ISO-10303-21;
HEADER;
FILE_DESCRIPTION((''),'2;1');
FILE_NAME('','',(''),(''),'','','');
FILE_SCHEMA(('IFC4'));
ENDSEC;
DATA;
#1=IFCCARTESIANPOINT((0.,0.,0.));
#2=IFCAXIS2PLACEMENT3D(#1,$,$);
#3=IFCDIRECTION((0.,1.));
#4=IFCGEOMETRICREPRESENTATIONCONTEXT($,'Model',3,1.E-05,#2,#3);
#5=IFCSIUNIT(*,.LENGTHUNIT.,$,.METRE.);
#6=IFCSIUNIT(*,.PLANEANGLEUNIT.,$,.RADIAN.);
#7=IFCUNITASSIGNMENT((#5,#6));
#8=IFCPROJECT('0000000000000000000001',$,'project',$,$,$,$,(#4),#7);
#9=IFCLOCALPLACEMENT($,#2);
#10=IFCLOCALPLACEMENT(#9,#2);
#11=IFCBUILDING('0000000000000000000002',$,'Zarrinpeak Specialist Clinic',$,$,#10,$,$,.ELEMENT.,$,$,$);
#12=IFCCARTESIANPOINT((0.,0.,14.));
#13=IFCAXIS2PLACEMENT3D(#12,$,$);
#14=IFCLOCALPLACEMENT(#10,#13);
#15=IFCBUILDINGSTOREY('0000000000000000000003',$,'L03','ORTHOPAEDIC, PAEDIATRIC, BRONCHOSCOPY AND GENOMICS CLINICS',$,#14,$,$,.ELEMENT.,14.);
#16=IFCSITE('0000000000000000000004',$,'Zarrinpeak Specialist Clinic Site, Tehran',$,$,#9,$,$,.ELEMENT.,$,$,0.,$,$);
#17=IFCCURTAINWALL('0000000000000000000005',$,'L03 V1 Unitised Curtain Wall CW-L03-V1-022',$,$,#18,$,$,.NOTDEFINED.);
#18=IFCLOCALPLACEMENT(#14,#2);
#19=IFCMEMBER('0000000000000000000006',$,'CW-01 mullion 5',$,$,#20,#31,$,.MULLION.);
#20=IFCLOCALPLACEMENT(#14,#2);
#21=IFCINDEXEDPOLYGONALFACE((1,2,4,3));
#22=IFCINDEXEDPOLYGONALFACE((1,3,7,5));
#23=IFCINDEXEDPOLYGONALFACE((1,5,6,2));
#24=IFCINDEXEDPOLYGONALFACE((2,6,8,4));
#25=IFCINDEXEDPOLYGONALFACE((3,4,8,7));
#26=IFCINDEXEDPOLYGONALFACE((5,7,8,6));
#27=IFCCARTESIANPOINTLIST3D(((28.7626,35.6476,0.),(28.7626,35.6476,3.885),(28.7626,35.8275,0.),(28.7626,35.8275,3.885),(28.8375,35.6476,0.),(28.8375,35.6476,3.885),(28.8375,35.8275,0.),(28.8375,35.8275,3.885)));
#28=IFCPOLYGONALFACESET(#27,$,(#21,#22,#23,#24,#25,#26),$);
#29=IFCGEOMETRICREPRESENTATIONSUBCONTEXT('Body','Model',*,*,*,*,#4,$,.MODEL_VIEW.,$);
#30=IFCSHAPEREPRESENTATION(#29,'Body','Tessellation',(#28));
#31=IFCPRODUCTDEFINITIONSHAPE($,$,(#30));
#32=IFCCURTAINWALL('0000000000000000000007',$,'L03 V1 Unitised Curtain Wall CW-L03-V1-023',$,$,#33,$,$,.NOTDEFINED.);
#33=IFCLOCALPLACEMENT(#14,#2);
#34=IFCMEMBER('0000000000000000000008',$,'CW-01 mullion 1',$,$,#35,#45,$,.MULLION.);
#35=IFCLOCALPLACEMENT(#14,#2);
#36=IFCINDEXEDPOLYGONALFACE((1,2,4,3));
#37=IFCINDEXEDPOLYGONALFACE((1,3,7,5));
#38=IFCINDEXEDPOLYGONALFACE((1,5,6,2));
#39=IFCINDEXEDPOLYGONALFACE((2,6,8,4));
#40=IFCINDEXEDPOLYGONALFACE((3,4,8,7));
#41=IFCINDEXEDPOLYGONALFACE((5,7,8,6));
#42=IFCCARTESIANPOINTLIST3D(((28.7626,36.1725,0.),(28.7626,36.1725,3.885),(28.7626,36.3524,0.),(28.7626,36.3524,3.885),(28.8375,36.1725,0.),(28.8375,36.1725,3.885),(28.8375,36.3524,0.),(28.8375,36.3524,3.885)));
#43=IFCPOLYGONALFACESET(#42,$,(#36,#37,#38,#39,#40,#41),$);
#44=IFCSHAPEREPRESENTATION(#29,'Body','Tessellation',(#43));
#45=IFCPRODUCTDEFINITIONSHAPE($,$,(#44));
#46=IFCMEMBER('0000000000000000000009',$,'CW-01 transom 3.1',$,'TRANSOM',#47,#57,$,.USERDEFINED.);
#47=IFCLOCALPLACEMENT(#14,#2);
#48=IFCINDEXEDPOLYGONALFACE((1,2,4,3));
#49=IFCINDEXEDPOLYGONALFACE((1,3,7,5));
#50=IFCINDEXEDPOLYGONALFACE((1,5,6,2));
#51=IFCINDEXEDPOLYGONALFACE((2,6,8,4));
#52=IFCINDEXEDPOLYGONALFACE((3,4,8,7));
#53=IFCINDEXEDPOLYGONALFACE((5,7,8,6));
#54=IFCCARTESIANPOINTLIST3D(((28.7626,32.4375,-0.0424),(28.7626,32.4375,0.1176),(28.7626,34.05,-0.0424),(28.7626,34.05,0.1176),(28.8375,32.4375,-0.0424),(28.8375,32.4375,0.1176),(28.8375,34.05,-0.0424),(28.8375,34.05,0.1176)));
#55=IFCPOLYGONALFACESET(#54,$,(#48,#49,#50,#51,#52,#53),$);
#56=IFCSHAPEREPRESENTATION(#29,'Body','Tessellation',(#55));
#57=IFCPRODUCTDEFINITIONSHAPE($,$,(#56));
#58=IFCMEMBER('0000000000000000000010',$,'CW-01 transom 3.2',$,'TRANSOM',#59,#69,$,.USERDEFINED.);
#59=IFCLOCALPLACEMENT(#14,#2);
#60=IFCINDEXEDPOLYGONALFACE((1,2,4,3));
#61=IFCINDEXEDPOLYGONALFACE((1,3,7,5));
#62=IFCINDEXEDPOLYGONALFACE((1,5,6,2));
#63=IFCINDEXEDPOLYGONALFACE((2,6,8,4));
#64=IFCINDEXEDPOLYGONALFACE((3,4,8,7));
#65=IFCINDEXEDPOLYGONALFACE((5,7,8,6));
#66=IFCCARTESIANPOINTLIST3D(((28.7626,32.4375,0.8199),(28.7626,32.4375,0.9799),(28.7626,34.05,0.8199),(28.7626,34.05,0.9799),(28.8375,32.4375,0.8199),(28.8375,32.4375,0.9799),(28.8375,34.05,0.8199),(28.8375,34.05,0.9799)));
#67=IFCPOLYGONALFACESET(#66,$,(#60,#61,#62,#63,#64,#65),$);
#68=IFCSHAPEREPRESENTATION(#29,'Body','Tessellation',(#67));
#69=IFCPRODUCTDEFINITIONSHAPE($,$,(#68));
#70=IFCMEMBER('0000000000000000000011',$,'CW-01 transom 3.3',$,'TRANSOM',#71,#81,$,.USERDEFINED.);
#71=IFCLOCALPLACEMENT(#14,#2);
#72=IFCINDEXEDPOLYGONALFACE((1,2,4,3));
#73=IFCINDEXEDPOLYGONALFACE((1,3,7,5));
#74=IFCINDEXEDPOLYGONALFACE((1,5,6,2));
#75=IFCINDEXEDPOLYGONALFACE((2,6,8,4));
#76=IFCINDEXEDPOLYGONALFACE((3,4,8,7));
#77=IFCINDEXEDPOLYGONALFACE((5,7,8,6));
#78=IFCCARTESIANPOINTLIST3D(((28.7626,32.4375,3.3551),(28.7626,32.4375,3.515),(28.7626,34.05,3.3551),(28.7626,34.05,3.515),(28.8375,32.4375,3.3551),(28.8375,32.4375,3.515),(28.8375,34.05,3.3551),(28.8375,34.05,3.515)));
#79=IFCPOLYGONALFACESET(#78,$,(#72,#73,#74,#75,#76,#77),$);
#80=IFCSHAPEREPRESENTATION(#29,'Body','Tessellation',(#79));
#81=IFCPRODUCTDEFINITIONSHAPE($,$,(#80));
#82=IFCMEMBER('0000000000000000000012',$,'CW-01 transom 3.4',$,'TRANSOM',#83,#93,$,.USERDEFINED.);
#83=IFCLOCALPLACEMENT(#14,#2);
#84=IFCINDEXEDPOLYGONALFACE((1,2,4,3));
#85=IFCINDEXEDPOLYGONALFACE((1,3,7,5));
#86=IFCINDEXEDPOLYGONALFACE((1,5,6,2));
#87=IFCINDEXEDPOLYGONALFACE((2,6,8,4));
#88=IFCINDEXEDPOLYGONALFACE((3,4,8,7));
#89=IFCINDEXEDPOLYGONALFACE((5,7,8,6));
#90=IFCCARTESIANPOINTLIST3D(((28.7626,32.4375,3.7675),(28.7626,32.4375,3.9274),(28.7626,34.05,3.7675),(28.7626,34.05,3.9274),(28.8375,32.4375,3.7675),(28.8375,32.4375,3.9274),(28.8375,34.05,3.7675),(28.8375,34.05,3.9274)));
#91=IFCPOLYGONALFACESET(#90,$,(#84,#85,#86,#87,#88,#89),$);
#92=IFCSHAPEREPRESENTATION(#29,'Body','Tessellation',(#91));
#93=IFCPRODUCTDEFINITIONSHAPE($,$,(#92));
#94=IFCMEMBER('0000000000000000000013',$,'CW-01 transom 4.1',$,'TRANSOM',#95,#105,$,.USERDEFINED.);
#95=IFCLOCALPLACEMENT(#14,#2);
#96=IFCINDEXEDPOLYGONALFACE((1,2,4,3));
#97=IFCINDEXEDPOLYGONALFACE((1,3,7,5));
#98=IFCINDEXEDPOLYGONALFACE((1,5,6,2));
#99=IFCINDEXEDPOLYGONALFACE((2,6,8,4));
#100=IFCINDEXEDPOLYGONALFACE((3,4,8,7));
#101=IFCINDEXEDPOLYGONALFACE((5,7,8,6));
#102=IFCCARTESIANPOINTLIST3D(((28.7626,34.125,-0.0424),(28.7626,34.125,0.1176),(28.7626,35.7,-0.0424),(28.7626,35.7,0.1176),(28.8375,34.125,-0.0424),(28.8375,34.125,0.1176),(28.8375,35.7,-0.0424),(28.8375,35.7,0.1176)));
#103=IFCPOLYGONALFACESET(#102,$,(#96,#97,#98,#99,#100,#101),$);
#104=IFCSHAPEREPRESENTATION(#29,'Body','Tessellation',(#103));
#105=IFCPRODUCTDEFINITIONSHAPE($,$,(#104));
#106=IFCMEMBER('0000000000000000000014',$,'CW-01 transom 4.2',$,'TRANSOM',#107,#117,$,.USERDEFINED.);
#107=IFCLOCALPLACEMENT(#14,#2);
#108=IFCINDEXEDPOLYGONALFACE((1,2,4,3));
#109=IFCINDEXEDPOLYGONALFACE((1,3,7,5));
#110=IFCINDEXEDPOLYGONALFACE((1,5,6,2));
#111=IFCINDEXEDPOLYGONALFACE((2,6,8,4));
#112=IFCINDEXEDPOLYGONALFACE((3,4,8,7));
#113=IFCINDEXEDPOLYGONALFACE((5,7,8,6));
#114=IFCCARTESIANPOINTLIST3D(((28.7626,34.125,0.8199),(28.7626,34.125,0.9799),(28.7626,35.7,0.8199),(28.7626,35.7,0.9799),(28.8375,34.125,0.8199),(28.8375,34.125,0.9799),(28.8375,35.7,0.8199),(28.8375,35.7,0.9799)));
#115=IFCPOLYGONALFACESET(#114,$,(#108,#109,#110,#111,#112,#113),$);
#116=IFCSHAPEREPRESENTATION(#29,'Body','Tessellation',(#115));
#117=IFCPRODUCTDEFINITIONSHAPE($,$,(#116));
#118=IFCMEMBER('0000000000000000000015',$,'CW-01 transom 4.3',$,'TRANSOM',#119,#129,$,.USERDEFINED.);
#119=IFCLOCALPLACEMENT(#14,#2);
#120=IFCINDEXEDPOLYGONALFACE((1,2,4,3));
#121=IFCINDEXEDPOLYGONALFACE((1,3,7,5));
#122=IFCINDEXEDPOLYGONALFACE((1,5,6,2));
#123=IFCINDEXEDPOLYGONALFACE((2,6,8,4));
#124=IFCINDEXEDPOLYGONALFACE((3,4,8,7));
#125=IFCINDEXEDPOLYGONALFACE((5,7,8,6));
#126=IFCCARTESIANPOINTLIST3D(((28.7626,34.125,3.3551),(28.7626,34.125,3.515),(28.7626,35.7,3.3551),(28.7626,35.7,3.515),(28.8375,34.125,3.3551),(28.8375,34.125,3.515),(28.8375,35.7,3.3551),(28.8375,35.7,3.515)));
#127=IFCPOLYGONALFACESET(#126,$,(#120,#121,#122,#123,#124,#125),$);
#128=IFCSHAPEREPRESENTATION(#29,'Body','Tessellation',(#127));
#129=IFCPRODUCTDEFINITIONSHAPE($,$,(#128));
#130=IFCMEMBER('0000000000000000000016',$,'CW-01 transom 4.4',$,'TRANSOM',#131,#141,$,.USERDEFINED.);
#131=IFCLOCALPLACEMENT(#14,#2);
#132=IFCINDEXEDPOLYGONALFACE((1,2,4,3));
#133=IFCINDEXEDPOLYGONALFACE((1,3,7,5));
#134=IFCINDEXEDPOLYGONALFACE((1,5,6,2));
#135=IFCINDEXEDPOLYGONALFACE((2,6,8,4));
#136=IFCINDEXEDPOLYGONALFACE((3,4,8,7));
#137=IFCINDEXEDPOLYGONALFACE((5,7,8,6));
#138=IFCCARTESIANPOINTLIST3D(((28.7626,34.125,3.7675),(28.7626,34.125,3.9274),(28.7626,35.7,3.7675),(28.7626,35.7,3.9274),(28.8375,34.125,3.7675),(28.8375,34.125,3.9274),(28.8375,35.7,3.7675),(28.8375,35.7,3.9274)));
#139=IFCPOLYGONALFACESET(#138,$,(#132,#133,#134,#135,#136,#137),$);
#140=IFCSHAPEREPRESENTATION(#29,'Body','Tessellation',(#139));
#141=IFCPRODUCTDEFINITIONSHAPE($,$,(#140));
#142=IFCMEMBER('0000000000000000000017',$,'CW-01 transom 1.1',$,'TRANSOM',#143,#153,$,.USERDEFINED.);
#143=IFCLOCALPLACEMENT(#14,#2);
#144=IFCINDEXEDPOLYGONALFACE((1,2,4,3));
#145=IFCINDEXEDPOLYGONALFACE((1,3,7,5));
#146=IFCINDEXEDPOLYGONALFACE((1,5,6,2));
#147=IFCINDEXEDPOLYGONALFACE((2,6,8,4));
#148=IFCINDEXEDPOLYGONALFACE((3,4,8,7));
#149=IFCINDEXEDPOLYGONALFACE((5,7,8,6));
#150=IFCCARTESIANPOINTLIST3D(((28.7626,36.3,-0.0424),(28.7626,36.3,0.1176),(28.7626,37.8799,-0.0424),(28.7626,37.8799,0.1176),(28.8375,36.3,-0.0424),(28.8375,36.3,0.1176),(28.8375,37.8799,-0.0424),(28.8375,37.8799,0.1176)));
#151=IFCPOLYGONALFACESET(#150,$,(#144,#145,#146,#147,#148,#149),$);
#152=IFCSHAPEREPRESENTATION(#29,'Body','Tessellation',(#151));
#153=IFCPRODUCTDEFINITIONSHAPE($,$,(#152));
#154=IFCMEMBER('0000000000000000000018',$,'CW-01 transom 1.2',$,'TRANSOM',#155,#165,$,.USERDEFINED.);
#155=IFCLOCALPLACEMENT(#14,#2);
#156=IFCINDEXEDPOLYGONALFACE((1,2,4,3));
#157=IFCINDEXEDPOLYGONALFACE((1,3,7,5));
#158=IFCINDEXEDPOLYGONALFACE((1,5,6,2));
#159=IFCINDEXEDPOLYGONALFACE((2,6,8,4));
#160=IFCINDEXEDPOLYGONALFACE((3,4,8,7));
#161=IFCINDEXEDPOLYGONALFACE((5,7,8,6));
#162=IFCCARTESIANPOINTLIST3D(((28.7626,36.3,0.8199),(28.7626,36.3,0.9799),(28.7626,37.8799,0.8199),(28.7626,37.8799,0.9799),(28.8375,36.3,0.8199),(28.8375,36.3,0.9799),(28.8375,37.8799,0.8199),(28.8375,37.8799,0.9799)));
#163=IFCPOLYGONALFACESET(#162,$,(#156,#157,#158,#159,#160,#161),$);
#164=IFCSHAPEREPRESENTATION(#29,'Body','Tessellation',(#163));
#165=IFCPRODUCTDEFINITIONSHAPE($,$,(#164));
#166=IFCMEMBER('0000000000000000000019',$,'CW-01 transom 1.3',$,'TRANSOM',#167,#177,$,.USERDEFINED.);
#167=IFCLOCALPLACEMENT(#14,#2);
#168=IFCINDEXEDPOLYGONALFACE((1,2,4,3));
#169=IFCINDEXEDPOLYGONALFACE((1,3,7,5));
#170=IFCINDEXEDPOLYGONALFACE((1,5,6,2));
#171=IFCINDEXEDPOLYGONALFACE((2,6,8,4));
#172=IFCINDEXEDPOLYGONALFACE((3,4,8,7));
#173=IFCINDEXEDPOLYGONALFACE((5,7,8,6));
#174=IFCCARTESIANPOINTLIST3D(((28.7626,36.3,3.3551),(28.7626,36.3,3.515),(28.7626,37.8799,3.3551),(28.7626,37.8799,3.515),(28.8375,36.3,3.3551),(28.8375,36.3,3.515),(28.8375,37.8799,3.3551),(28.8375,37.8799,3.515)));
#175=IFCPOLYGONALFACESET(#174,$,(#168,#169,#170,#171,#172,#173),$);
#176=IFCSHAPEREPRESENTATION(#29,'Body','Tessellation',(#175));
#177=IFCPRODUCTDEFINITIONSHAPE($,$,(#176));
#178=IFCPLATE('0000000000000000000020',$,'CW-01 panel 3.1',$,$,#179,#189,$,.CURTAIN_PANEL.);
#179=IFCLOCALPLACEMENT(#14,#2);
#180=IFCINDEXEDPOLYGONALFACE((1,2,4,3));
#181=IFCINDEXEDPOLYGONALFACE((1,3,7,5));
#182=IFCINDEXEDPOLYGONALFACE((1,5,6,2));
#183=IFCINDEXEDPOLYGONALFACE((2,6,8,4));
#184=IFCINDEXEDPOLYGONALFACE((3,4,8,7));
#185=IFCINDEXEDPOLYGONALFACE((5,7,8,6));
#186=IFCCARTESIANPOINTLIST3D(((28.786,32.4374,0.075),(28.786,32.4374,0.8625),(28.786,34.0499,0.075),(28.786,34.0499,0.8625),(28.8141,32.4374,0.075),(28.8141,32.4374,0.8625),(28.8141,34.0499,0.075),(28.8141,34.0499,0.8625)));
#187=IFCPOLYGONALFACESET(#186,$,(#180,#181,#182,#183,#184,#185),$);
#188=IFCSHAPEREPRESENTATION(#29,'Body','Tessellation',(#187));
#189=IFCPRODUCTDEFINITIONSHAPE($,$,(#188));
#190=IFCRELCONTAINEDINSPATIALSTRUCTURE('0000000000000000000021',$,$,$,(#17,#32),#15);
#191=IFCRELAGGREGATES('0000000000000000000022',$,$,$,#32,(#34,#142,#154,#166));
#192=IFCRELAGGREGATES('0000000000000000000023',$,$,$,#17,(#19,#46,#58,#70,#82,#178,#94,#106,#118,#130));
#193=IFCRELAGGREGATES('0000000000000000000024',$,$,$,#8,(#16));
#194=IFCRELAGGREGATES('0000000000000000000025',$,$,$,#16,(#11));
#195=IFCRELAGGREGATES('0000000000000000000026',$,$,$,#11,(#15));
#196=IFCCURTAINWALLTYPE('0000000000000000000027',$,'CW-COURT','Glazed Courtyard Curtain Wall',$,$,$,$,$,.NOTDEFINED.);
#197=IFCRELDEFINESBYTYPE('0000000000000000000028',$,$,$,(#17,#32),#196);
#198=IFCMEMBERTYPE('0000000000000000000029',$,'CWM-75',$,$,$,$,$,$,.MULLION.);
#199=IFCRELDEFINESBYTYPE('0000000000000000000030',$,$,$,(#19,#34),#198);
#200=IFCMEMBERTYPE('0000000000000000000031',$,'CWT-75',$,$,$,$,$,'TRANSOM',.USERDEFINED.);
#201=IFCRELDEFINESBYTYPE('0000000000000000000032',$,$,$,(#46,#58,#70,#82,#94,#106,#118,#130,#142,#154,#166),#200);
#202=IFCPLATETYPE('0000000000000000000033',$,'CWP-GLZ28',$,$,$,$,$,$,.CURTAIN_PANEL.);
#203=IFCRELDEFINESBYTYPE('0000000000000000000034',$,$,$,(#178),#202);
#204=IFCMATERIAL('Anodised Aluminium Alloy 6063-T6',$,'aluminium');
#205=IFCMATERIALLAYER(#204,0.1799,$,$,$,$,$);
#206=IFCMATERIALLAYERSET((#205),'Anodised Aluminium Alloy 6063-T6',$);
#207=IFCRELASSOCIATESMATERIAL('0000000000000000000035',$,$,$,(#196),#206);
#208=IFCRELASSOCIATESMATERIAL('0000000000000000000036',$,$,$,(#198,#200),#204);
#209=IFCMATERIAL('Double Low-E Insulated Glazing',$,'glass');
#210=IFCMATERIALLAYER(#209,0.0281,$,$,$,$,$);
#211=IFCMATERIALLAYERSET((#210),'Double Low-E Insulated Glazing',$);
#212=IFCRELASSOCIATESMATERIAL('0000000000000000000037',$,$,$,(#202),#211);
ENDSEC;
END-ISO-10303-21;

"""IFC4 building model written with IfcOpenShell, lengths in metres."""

from ifc_helpers import new_model, si_unit, direction, frame, origin, origin_2d, place, context, subcontext, project, spatial, rectangle, extrude, material, layer, layer_set, material_profile, profile_set, type_object, element, aggregate, save


model = new_model("IFC4")

# Units and contexts
model_context = context("Model", 3, precision=1e-05, world=origin(), true_north=direction((0.0, 1.0)))
body_context = subcontext(model_context, "Body", "Model", "MODEL_VIEW")
ifc_project = project(units=[si_unit("LENGTHUNIT", "METRE"), si_unit("PLANEANGLEUNIT", "RADIAN")], contexts=[model_context])

# Site, building, storey
site_placement = place(None, origin())
site = spatial("IfcSite", under=ifc_project, at=site_placement, Name="Zarrinpeak Specialist Clinic Site, Tehran", CompositionType="ELEMENT", RefElevation=0.0)
building_placement = place(site_placement, origin())
building = spatial("IfcBuilding", under=site, at=building_placement, Name="Zarrinpeak Specialist Clinic", CompositionType="ELEMENT")
storey_placement = place(building_placement, frame((0.0, 0.0, 14.0)))
storey = spatial("IfcBuildingStorey", under=building, at=storey_placement, Name="L03", Description="ORTHOPAEDIC, PAEDIATRIC, BRONCHOSCOPY AND GENOMICS CLINICS", CompositionType="ELEMENT", Elevation=14.0)

# Curtain wall, member
ifc_material_1 = material(Name="Anodised Aluminium Alloy 6063-T6", Category="aluminium")
ifc_layer_1 = layer(ifc_material_1, 0.1799)
ifc_layer_set_1 = layer_set([ifc_layer_1], Name="Anodised Aluminium Alloy 6063-T6")
curtain_wall_type = type_object("IfcCurtainWallType", Name="CW-COURT", Description="Glazed Courtyard Curtain Wall", PredefinedType="NOTDEFINED", material=ifc_layer_set_1)
curtain_wall_1_placement = place(storey_placement, origin())
curtain_wall_1 = element("IfcCurtainWall", 1, at=curtain_wall_1_placement, inside=storey, type_object=curtain_wall_type, Name="L03 V1 Unitised Curtain Wall CW-L03-V1-022", PredefinedType="NOTDEFINED")
ifc_material_profile_1 = material_profile(ifc_material_1, rectangle(XDim=0.075, YDim=0.1799, at=origin_2d()), Name="ALU 75x180")
ifc_profile_set_1 = profile_set([ifc_material_profile_1], Name="Anodised Aluminium Alloy 6063-T6")
member_type_1 = type_object("IfcMemberType", Name="CWM-75", PredefinedType="MULLION", material=ifc_profile_set_1)
member_1_placement = place(storey_placement, frame((28.8, 35.7375, 0.0), z_axis=(0.0, 0.0, 1.0), x_axis=(-1.0, 0.0, 0.0)))
member_1 = element("IfcMember", 2, at=member_1_placement, type_object=member_type_1, Name="CW-01 mullion 5", PredefinedType="MULLION", context=body_context, shape_type="SweptSolid", body=[
    extrude(rectangle(XDim=0.075, YDim=0.1799, at=origin_2d()), origin(), (0.0, 0.0, 1.0), 3.885),
])

# Curtain wall, member
curtain_wall_2_placement = place(storey_placement, origin())
curtain_wall_2 = element("IfcCurtainWall", 3, at=curtain_wall_2_placement, inside=storey, type_object=curtain_wall_type, Name="L03 V1 Unitised Curtain Wall CW-L03-V1-023", PredefinedType="NOTDEFINED")
member_2_placement = place(storey_placement, frame((28.8, 36.2625, 0.0), z_axis=(0.0, 0.0, 1.0), x_axis=(-1.0, 0.0, 0.0)))
member_2 = element("IfcMember", 4, at=member_2_placement, type_object=member_type_1, Name="CW-01 mullion 1", PredefinedType="MULLION", context=body_context, shape_type="SweptSolid", body=[
    extrude(rectangle(XDim=0.075, YDim=0.1799, at=origin_2d()), origin(), (0.0, 0.0, 1.0), 3.885),
])

# Members
ifc_material_profile_2 = material_profile(ifc_material_1, rectangle(XDim=0.075, YDim=0.1599, at=origin_2d()), Name="ALU 75x160")
ifc_profile_set_2 = profile_set([ifc_material_profile_2], Name="Anodised Aluminium Alloy 6063-T6")
member_type_2 = type_object("IfcMemberType", Name="CWT-75", ElementType="TRANSOM", PredefinedType="USERDEFINED", material=ifc_profile_set_2)
member_3_placement = place(storey_placement, frame((28.8, 32.4375, 0.0376), z_axis=(0.0, 1.0, 0.0), x_axis=(-1.0, 0.0, 0.0)))
member_3 = element("IfcMember", 5, at=member_3_placement, type_object=member_type_2, Name="CW-01 transom 3.1", ObjectType="TRANSOM", PredefinedType="USERDEFINED", context=body_context, shape_type="SweptSolid", body=[
    extrude(rectangle(XDim=0.075, YDim=0.1599, at=origin_2d()), origin(), (0.0, 0.0, 1.0), 1.6125),
])
member_4_placement = place(storey_placement, frame((28.8, 32.4375, 0.8999), z_axis=(0.0, 1.0, 0.0), x_axis=(-1.0, 0.0, 0.0)))
member_4 = element("IfcMember", 6, at=member_4_placement, type_object=member_type_2, Name="CW-01 transom 3.2", ObjectType="TRANSOM", PredefinedType="USERDEFINED", context=body_context, shape_type="SweptSolid", body=[
    extrude(rectangle(XDim=0.075, YDim=0.1599, at=origin_2d()), origin(), (0.0, 0.0, 1.0), 1.6125),
])
member_5_placement = place(storey_placement, frame((28.8, 32.4375, 3.4351), z_axis=(0.0, 1.0, 0.0), x_axis=(-1.0, 0.0, 0.0)))
member_5 = element("IfcMember", 7, at=member_5_placement, type_object=member_type_2, Name="CW-01 transom 3.3", ObjectType="TRANSOM", PredefinedType="USERDEFINED", context=body_context, shape_type="SweptSolid", body=[
    extrude(rectangle(XDim=0.075, YDim=0.1599, at=origin_2d()), origin(), (0.0, 0.0, 1.0), 1.6125),
])
member_6_placement = place(storey_placement, frame((28.8, 32.4375, 3.8474), z_axis=(0.0, 1.0, 0.0), x_axis=(-1.0, 0.0, 0.0)))
member_6 = element("IfcMember", 8, at=member_6_placement, type_object=member_type_2, Name="CW-01 transom 3.4", ObjectType="TRANSOM", PredefinedType="USERDEFINED", context=body_context, shape_type="SweptSolid", body=[
    extrude(rectangle(XDim=0.075, YDim=0.1599, at=origin_2d()), origin(), (0.0, 0.0, 1.0), 1.6125),
])
member_7_placement = place(storey_placement, frame((28.8, 34.125, 0.0376), z_axis=(0.0, 1.0, 0.0), x_axis=(-1.0, 0.0, 0.0)))
member_7 = element("IfcMember", 9, at=member_7_placement, type_object=member_type_2, Name="CW-01 transom 4.1", ObjectType="TRANSOM", PredefinedType="USERDEFINED", context=body_context, shape_type="SweptSolid", body=[
    extrude(rectangle(XDim=0.075, YDim=0.1599, at=origin_2d()), origin(), (0.0, 0.0, 1.0), 1.575),
])
member_8_placement = place(storey_placement, frame((28.8, 34.125, 0.8999), z_axis=(0.0, 1.0, 0.0), x_axis=(-1.0, 0.0, 0.0)))
member_8 = element("IfcMember", 10, at=member_8_placement, type_object=member_type_2, Name="CW-01 transom 4.2", ObjectType="TRANSOM", PredefinedType="USERDEFINED", context=body_context, shape_type="SweptSolid", body=[
    extrude(rectangle(XDim=0.075, YDim=0.1599, at=origin_2d()), origin(), (0.0, 0.0, 1.0), 1.575),
])
member_9_placement = place(storey_placement, frame((28.8, 34.125, 3.4351), z_axis=(0.0, 1.0, 0.0), x_axis=(-1.0, 0.0, 0.0)))
member_9 = element("IfcMember", 11, at=member_9_placement, type_object=member_type_2, Name="CW-01 transom 4.3", ObjectType="TRANSOM", PredefinedType="USERDEFINED", context=body_context, shape_type="SweptSolid", body=[
    extrude(rectangle(XDim=0.075, YDim=0.1599, at=origin_2d()), origin(), (0.0, 0.0, 1.0), 1.575),
])
member_10_placement = place(storey_placement, frame((28.8, 34.125, 3.8474), z_axis=(0.0, 1.0, 0.0), x_axis=(-1.0, 0.0, 0.0)))
member_10 = element("IfcMember", 12, at=member_10_placement, type_object=member_type_2, Name="CW-01 transom 4.4", ObjectType="TRANSOM", PredefinedType="USERDEFINED", context=body_context, shape_type="SweptSolid", body=[
    extrude(rectangle(XDim=0.075, YDim=0.1599, at=origin_2d()), origin(), (0.0, 0.0, 1.0), 1.575),
])
member_11_placement = place(storey_placement, frame((28.8, 36.3, 0.0376), z_axis=(0.0, 1.0, 0.0), x_axis=(-1.0, 0.0, 0.0)))
member_11 = element("IfcMember", 13, at=member_11_placement, type_object=member_type_2, Name="CW-01 transom 1.1", ObjectType="TRANSOM", PredefinedType="USERDEFINED", context=body_context, shape_type="SweptSolid", body=[
    extrude(rectangle(XDim=0.075, YDim=0.1599, at=origin_2d()), origin(), (0.0, 0.0, 1.0), 1.5798),
])
member_12_placement = place(storey_placement, frame((28.8, 36.3, 0.8999), z_axis=(0.0, 1.0, 0.0), x_axis=(-1.0, 0.0, 0.0)))
member_12 = element("IfcMember", 14, at=member_12_placement, type_object=member_type_2, Name="CW-01 transom 1.2", ObjectType="TRANSOM", PredefinedType="USERDEFINED", context=body_context, shape_type="SweptSolid", body=[
    extrude(rectangle(XDim=0.075, YDim=0.1599, at=origin_2d()), origin(), (0.0, 0.0, 1.0), 1.5798),
])
member_13_placement = place(storey_placement, frame((28.8, 36.3, 3.4351), z_axis=(0.0, 1.0, 0.0), x_axis=(-1.0, 0.0, 0.0)))
member_13 = element("IfcMember", 15, at=member_13_placement, type_object=member_type_2, Name="CW-01 transom 1.3", ObjectType="TRANSOM", PredefinedType="USERDEFINED", context=body_context, shape_type="SweptSolid", body=[
    extrude(rectangle(XDim=0.075, YDim=0.1599, at=origin_2d()), origin(), (0.0, 0.0, 1.0), 1.5798),
])
aggregate(curtain_wall_2, [member_2, member_11, member_12, member_13])

# Plate
ifc_material_2 = material(Name="Double Low-E Insulated Glazing", Category="glass")
ifc_layer_2 = layer(ifc_material_2, 0.0281)
ifc_layer_set_2 = layer_set([ifc_layer_2], Name="Double Low-E Insulated Glazing")
plate_type = type_object("IfcPlateType", Name="CWP-GLZ28", PredefinedType="CURTAIN_PANEL", material=ifc_layer_set_2)
plate_1_placement = place(storey_placement, frame((28.8, 33.2437, 0.075), z_axis=(0.0, 0.0, 1.0), x_axis=(0.0, 1.0, 0.0)))
plate_1 = element("IfcPlate", 16, at=plate_1_placement, type_object=plate_type, Name="CW-01 panel 3.1", PredefinedType="CURTAIN_PANEL", context=body_context, shape_type="SweptSolid", body=[
    extrude(rectangle(XDim=1.6125, YDim=0.0281, at=origin_2d()), origin(), (0.0, 0.0, 1.0), 0.7876),
])
aggregate(curtain_wall_1, [member_1, member_3, member_4, member_5, member_6, plate_1, member_7, member_8, member_9, member_10])

save(model, "model.ifc")
